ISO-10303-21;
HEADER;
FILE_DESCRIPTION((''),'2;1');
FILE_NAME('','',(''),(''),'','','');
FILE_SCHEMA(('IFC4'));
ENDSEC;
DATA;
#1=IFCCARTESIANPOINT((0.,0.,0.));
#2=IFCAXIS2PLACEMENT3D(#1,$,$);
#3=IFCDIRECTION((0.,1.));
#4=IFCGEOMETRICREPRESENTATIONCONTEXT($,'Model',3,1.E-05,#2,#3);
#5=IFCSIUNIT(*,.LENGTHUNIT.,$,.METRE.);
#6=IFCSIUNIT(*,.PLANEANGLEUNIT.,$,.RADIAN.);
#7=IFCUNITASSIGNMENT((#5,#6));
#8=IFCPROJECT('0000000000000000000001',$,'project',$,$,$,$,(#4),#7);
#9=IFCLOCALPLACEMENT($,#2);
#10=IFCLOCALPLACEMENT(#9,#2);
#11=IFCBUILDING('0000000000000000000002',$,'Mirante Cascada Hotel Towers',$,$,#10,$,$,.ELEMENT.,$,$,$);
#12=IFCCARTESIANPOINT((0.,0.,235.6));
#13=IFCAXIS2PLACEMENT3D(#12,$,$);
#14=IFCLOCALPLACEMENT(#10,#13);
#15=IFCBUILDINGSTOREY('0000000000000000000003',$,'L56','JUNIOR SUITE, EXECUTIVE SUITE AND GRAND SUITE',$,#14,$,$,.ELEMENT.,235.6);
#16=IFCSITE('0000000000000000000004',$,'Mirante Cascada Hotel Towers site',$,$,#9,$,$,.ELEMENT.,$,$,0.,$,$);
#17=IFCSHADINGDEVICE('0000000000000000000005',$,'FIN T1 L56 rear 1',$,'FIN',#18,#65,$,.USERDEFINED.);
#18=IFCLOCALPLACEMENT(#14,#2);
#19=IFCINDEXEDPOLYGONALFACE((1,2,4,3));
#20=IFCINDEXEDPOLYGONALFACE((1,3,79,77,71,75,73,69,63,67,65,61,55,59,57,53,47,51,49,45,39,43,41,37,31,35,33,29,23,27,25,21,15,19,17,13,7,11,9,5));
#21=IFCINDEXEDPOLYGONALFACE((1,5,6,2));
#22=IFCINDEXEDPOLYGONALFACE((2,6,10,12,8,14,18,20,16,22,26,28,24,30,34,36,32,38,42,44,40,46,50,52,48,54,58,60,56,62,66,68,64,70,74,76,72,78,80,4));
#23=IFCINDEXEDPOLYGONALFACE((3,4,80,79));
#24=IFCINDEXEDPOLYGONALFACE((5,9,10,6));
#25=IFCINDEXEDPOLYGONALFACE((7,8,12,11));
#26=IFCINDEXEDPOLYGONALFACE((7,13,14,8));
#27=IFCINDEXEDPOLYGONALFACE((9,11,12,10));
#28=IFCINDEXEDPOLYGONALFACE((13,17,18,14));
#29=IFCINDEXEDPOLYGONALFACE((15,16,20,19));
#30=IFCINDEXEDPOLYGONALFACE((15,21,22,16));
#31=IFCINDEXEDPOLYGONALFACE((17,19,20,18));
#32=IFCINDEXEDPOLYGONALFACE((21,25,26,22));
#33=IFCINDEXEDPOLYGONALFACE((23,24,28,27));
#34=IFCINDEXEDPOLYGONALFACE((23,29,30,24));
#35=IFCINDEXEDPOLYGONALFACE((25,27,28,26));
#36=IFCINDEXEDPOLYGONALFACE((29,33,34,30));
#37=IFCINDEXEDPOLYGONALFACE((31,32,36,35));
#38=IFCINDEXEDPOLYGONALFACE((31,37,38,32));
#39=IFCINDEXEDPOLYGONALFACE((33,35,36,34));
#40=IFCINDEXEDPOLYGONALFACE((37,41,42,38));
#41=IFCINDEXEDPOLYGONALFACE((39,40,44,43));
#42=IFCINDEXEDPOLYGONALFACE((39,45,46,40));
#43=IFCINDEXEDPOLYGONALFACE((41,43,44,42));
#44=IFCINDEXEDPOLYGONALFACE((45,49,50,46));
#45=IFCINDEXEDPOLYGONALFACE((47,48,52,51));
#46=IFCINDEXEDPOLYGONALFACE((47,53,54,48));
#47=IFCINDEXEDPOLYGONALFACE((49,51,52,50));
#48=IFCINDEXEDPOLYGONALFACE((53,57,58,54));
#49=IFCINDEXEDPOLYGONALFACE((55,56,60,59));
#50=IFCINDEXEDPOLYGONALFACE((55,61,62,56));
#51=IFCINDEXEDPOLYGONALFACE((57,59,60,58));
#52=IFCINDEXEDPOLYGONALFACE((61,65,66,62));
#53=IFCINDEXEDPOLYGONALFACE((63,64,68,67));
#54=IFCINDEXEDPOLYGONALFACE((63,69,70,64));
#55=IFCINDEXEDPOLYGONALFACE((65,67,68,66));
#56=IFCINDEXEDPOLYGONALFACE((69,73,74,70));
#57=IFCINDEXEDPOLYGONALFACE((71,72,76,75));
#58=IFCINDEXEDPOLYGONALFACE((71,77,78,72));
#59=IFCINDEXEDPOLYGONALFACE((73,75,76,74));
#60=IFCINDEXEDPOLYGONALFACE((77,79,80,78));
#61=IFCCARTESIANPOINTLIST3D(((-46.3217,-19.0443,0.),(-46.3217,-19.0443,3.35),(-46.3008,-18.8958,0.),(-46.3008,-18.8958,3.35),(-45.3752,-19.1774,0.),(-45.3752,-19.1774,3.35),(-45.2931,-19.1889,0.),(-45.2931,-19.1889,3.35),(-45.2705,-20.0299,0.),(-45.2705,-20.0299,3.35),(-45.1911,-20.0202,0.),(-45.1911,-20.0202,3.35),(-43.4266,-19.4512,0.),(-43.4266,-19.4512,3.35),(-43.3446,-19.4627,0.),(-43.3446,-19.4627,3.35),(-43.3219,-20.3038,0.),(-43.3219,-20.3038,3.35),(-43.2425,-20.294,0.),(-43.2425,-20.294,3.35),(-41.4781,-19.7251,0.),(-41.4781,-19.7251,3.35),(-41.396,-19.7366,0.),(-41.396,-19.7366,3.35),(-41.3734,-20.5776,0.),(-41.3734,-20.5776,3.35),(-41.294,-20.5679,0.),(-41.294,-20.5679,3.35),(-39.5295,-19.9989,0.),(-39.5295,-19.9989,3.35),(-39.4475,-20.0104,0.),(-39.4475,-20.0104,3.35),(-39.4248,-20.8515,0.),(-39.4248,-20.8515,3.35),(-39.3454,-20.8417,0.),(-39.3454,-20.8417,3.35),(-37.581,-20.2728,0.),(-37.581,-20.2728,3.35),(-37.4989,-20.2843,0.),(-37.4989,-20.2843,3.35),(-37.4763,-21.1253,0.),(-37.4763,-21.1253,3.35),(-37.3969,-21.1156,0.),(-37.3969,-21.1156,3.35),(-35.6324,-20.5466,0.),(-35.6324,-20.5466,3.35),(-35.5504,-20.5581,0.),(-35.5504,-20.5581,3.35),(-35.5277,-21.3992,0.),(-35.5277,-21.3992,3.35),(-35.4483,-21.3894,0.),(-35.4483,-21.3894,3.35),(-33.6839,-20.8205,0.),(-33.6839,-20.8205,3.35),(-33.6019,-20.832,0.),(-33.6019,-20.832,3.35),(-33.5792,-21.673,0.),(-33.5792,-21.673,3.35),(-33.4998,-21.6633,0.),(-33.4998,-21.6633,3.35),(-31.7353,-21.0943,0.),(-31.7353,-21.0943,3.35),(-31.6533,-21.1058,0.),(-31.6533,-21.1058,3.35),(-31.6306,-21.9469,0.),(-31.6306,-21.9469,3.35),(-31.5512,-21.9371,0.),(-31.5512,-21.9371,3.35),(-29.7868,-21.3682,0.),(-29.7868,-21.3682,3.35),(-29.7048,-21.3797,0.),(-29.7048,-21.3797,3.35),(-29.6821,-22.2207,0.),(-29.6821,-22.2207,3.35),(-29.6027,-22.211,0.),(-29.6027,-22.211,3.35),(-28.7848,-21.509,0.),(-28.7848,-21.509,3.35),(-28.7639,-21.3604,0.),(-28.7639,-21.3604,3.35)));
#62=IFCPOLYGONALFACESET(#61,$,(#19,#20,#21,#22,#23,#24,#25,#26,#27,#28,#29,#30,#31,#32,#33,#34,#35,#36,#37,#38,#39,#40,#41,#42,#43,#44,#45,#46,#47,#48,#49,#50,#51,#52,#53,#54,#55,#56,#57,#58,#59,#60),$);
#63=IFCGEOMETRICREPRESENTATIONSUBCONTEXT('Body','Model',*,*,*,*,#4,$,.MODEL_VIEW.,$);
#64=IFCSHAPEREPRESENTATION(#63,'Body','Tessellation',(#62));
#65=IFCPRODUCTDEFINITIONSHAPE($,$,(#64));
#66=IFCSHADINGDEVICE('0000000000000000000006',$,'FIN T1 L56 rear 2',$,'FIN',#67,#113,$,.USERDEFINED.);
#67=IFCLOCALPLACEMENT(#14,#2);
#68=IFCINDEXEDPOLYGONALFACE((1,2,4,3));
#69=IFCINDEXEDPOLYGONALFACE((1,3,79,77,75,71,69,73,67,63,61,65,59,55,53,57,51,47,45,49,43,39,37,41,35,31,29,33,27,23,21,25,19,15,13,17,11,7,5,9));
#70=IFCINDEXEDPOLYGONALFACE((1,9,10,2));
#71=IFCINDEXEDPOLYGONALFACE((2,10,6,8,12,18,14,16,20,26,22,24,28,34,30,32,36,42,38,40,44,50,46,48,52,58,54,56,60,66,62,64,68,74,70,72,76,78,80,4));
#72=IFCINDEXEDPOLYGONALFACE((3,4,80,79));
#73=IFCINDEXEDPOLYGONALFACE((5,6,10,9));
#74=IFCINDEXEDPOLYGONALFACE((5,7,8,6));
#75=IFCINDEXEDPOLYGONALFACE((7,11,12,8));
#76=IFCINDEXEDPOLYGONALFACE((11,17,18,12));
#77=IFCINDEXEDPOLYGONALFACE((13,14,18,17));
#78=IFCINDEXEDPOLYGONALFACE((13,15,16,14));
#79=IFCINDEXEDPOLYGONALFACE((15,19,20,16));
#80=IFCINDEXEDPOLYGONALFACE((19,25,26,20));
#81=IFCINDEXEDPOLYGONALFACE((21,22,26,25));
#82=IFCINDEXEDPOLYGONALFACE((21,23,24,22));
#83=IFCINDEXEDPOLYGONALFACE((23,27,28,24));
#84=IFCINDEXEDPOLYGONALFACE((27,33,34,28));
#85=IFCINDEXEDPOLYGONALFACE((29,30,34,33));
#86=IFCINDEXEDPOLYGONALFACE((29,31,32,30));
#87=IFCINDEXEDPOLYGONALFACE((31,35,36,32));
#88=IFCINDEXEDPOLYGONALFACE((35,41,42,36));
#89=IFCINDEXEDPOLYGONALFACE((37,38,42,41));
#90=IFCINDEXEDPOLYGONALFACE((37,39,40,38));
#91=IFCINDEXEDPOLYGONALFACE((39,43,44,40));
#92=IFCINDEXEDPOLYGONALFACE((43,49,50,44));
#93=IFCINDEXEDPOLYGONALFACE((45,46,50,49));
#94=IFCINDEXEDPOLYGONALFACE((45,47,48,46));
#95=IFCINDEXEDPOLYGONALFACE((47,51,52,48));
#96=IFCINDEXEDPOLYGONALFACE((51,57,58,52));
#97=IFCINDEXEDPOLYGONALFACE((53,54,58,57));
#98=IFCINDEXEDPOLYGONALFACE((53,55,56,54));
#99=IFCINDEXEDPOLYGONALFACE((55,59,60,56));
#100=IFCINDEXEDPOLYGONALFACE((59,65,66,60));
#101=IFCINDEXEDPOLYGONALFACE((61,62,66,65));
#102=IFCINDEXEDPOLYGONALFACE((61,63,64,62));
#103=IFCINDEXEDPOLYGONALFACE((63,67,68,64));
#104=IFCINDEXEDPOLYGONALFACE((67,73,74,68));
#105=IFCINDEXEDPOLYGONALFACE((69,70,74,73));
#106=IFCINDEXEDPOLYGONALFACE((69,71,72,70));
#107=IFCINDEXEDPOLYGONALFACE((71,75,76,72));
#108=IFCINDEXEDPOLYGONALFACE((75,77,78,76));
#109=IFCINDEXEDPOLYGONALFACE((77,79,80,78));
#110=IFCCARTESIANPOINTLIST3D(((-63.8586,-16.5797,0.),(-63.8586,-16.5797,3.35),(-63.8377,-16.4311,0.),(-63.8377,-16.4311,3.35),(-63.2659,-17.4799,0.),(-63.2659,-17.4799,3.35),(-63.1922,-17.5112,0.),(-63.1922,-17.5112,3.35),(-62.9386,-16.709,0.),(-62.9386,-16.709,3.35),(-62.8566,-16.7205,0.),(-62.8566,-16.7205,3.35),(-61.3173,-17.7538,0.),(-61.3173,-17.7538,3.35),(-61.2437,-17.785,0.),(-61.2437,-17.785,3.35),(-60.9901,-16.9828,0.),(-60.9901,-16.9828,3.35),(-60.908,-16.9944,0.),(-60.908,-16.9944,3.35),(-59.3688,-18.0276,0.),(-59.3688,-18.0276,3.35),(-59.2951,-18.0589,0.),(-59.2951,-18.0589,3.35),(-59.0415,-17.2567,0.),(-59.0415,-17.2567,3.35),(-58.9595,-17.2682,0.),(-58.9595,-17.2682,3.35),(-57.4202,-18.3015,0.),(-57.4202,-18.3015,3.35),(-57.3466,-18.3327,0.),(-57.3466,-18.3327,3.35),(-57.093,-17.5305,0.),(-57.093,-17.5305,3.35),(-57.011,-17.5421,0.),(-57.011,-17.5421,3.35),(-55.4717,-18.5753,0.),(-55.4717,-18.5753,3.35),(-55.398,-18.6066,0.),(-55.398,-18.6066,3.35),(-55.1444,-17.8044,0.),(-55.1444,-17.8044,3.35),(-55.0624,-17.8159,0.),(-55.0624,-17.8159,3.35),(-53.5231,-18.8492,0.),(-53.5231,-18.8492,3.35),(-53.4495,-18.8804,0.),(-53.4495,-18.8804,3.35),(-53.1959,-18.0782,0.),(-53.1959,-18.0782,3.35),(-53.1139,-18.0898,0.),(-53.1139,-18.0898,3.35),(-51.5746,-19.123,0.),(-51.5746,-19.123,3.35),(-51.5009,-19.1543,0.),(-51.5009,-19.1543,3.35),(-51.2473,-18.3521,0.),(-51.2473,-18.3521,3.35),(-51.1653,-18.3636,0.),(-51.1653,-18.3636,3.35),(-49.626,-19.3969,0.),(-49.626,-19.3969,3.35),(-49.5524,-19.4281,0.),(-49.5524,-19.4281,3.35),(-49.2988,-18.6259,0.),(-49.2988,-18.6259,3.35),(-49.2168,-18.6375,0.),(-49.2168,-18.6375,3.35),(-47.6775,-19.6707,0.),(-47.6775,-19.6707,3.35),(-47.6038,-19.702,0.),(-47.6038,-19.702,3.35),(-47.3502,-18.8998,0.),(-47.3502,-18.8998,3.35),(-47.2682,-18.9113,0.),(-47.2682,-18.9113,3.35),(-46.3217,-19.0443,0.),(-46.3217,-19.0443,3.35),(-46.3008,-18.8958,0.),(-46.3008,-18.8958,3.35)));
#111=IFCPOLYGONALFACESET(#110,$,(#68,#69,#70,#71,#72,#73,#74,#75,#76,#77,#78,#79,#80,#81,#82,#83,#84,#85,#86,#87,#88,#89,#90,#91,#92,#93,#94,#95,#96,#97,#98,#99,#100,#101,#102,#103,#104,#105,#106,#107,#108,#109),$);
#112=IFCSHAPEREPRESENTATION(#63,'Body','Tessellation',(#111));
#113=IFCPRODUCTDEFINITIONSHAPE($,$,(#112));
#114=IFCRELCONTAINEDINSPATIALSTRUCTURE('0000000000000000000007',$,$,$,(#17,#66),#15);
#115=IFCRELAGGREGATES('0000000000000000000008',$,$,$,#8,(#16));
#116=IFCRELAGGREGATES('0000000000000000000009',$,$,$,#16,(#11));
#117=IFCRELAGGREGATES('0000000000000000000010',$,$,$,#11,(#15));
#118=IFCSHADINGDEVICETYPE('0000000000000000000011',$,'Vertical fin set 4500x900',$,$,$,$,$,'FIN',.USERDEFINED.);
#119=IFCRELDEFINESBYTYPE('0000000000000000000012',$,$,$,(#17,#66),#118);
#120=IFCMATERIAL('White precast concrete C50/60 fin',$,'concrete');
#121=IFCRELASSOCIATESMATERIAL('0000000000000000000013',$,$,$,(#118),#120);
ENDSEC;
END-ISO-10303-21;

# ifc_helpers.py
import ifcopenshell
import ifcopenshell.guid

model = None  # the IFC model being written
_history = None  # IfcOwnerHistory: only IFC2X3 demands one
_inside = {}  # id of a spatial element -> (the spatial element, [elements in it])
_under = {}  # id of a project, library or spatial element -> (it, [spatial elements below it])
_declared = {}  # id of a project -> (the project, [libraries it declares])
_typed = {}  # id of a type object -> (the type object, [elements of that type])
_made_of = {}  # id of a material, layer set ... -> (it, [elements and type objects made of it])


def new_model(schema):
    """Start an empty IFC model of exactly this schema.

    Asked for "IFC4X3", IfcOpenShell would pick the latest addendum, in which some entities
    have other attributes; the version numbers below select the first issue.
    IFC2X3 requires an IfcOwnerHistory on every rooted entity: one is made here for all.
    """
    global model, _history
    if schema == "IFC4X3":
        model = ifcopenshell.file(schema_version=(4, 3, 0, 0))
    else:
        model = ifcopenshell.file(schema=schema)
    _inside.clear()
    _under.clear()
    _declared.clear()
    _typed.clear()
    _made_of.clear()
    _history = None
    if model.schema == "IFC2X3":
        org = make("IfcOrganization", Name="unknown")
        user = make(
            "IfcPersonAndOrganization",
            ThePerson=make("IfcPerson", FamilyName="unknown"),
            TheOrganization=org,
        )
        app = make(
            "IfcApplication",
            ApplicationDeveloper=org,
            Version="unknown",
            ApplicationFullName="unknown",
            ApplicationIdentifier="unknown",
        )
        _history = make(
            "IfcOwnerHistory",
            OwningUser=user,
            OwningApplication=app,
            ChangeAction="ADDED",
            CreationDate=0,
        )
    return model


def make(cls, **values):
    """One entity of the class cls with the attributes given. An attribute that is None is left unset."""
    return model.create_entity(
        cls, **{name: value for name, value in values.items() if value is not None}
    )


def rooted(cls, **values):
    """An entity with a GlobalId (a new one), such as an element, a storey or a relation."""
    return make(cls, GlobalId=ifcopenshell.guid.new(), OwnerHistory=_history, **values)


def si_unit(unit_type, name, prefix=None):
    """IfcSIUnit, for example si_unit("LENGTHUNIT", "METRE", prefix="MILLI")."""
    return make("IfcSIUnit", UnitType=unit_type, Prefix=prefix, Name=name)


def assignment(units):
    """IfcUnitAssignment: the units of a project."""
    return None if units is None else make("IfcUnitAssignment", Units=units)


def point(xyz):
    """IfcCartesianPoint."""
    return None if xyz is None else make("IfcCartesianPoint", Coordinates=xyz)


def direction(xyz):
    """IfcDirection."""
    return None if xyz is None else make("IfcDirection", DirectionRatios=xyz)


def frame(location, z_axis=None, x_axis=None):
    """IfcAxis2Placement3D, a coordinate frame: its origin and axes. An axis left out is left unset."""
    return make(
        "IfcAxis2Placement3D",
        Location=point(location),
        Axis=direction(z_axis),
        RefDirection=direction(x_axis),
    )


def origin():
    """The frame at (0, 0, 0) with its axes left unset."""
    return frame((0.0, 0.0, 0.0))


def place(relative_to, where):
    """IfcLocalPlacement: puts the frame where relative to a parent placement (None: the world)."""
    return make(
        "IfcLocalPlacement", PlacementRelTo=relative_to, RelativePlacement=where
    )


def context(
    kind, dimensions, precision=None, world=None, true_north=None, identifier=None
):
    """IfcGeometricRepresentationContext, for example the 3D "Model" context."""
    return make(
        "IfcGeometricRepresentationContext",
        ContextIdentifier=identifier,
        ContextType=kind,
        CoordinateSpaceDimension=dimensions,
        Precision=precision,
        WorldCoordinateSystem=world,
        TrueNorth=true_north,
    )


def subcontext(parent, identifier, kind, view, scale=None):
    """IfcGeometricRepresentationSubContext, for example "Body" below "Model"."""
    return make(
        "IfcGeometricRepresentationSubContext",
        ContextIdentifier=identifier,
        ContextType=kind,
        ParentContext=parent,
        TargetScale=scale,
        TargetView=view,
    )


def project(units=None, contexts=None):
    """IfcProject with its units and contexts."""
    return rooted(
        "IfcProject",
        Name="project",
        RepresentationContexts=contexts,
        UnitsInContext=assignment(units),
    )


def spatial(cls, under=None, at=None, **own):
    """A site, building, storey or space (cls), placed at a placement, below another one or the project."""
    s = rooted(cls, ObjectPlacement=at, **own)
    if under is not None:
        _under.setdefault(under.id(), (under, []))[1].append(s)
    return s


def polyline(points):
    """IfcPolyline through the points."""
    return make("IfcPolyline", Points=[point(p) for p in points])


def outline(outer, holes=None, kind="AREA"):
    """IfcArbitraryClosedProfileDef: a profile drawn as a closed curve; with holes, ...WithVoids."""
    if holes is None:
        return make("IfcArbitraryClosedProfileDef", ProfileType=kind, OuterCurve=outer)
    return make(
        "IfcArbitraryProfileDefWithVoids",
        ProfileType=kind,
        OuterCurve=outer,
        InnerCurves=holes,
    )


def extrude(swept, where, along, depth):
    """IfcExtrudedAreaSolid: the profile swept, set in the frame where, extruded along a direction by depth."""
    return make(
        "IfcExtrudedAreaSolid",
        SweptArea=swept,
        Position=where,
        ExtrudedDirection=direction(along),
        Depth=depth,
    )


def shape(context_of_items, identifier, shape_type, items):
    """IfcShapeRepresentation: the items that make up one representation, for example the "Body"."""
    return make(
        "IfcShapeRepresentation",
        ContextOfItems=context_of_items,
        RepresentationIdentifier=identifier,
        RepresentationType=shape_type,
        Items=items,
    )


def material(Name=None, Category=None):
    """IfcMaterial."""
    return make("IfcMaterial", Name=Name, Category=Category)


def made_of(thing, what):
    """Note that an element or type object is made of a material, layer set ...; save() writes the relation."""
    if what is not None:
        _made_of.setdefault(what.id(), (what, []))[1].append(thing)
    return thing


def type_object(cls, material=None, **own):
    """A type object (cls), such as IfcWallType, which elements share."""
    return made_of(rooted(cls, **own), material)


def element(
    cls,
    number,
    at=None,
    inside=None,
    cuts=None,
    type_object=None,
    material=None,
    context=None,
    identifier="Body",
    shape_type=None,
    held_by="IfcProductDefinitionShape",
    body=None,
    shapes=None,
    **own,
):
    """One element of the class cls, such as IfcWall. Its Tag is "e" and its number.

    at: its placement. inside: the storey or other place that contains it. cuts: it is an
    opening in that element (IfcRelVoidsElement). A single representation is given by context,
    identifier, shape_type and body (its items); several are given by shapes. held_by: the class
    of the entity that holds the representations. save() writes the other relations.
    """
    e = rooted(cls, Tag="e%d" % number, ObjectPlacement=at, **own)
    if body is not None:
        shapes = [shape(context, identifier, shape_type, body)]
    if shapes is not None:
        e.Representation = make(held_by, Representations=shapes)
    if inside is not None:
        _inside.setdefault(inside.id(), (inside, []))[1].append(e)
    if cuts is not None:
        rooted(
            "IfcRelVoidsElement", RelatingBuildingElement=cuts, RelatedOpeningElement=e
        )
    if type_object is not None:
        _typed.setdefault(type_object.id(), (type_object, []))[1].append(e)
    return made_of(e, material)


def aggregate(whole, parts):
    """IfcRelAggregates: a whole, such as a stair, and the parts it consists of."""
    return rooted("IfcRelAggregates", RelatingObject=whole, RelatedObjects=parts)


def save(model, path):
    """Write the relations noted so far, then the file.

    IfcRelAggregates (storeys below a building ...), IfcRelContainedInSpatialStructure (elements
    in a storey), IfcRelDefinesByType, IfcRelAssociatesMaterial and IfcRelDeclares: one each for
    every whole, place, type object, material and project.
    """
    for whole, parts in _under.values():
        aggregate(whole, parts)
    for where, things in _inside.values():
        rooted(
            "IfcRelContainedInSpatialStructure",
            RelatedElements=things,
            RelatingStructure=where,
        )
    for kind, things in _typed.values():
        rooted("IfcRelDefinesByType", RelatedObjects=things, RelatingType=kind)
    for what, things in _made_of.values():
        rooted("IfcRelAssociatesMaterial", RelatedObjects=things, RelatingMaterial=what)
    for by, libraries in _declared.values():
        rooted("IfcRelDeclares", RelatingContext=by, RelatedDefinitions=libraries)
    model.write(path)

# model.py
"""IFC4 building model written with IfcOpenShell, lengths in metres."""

from ifc_helpers import new_model, si_unit, direction, frame, origin, place, context, subcontext, project, spatial, polyline, outline, extrude, material, type_object, element, save


model = new_model("IFC4")

# Units and contexts
model_context = context("Model", 3, precision=1e-05, world=origin(), true_north=direction((0.0, 1.0)))
body_context = subcontext(model_context, "Body", "Model", "MODEL_VIEW")
ifc_project = project(units=[si_unit("LENGTHUNIT", "METRE"), si_unit("PLANEANGLEUNIT", "RADIAN")], contexts=[model_context])

# Site, building, storey
site_placement = place(None, origin())
site = spatial("IfcSite", under=ifc_project, at=site_placement, Name="Mirante Cascada Hotel Towers site", CompositionType="ELEMENT", RefElevation=0.0)
building_placement = place(site_placement, origin())
building = spatial("IfcBuilding", under=site, at=building_placement, Name="Mirante Cascada Hotel Towers", CompositionType="ELEMENT")
storey_placement = place(building_placement, frame((0.0, 0.0, 235.6)))
storey = spatial("IfcBuildingStorey", under=building, at=storey_placement, Name="L56", Description="JUNIOR SUITE, EXECUTIVE SUITE AND GRAND SUITE", CompositionType="ELEMENT", Elevation=235.6)

# Shading devices
ifc_material_1 = material(Name="White precast concrete C50/60 fin", Category="concrete")
shading_device_type = type_object("IfcShadingDeviceType", Name="Vertical fin set 4500x900", ElementType="FIN", PredefinedType="USERDEFINED", material=ifc_material_1)
shading_device_1_placement = place(storey_placement, origin())
element("IfcShadingDevice", 1, at=shading_device_1_placement, inside=storey, type_object=shading_device_type, Name="FIN T1 L56 rear 1", ObjectType="FIN", PredefinedType="USERDEFINED", context=body_context, shape_type="SweptSolid", body=[
    extrude(outline(polyline([(-29.7868, -21.3682), (-31.6533, -21.1058), (-31.5512, -21.9371), (-31.6306, -21.9469), (-31.7353, -21.0943), (-33.6019, -20.832), (-33.4998, -21.6633), (-33.5792, -21.673), (-33.6839, -20.8205), (-35.5504, -20.5581), (-35.4483, -21.3894), (-35.5277, -21.3992), (-35.6324, -20.5466), (-37.4989, -20.2843), (-37.3969, -21.1156), (-37.4763, -21.1253), (-37.581, -20.2728), (-39.4475, -20.0104), (-39.3454, -20.8417), (-39.4248, -20.8515), (-39.5295, -19.9989), (-41.396, -19.7366), (-41.294, -20.5679), (-41.3734, -20.5776), (-41.4781, -19.7251), (-43.3446, -19.4627), (-43.2425, -20.294), (-43.3219, -20.3038), (-43.4266, -19.4512), (-45.2931, -19.1889), (-45.1911, -20.0202), (-45.2705, -20.0299), (-45.3752, -19.1774), (-46.3217, -19.0443), (-46.3008, -18.8958), (-28.7639, -21.3604), (-28.7848, -21.509), (-29.7048, -21.3797), (-29.6027, -22.211), (-29.6821, -22.2207), (-29.7868, -21.3682)])), origin(), (0.0, 0.0, 1.0), 3.35),
])
shading_device_2_placement = place(storey_placement, origin())
element("IfcShadingDevice", 2, at=shading_device_2_placement, inside=storey, type_object=shading_device_type, Name="FIN T1 L56 rear 2", ObjectType="FIN", PredefinedType="USERDEFINED", context=body_context, shape_type="SweptSolid", body=[
    extrude(outline(polyline([(-47.3502, -18.8998), (-49.2168, -18.6375), (-49.5524, -19.4281), (-49.626, -19.3969), (-49.2988, -18.6259), (-51.1653, -18.3636), (-51.5009, -19.1543), (-51.5746, -19.123), (-51.2473, -18.3521), (-53.1139, -18.0898), (-53.4495, -18.8804), (-53.5231, -18.8492), (-53.1959, -18.0782), (-55.0624, -17.8159), (-55.398, -18.6066), (-55.4717, -18.5753), (-55.1444, -17.8044), (-57.011, -17.5421), (-57.3466, -18.3327), (-57.4202, -18.3015), (-57.093, -17.5305), (-58.9595, -17.2682), (-59.2951, -18.0589), (-59.3688, -18.0276), (-59.0415, -17.2567), (-60.908, -16.9944), (-61.2437, -17.785), (-61.3173, -17.7538), (-60.9901, -16.9828), (-62.8566, -16.7205), (-63.1922, -17.5112), (-63.2659, -17.4799), (-62.9386, -16.709), (-63.8586, -16.5797), (-63.8377, -16.4311), (-46.3008, -18.8958), (-46.3217, -19.0443), (-47.2682, -18.9113), (-47.6038, -19.702), (-47.6775, -19.6707), (-47.3502, -18.8998)])), origin(), (0.0, 0.0, 1.0), 3.35),
])

save(model, "model.ifc")
